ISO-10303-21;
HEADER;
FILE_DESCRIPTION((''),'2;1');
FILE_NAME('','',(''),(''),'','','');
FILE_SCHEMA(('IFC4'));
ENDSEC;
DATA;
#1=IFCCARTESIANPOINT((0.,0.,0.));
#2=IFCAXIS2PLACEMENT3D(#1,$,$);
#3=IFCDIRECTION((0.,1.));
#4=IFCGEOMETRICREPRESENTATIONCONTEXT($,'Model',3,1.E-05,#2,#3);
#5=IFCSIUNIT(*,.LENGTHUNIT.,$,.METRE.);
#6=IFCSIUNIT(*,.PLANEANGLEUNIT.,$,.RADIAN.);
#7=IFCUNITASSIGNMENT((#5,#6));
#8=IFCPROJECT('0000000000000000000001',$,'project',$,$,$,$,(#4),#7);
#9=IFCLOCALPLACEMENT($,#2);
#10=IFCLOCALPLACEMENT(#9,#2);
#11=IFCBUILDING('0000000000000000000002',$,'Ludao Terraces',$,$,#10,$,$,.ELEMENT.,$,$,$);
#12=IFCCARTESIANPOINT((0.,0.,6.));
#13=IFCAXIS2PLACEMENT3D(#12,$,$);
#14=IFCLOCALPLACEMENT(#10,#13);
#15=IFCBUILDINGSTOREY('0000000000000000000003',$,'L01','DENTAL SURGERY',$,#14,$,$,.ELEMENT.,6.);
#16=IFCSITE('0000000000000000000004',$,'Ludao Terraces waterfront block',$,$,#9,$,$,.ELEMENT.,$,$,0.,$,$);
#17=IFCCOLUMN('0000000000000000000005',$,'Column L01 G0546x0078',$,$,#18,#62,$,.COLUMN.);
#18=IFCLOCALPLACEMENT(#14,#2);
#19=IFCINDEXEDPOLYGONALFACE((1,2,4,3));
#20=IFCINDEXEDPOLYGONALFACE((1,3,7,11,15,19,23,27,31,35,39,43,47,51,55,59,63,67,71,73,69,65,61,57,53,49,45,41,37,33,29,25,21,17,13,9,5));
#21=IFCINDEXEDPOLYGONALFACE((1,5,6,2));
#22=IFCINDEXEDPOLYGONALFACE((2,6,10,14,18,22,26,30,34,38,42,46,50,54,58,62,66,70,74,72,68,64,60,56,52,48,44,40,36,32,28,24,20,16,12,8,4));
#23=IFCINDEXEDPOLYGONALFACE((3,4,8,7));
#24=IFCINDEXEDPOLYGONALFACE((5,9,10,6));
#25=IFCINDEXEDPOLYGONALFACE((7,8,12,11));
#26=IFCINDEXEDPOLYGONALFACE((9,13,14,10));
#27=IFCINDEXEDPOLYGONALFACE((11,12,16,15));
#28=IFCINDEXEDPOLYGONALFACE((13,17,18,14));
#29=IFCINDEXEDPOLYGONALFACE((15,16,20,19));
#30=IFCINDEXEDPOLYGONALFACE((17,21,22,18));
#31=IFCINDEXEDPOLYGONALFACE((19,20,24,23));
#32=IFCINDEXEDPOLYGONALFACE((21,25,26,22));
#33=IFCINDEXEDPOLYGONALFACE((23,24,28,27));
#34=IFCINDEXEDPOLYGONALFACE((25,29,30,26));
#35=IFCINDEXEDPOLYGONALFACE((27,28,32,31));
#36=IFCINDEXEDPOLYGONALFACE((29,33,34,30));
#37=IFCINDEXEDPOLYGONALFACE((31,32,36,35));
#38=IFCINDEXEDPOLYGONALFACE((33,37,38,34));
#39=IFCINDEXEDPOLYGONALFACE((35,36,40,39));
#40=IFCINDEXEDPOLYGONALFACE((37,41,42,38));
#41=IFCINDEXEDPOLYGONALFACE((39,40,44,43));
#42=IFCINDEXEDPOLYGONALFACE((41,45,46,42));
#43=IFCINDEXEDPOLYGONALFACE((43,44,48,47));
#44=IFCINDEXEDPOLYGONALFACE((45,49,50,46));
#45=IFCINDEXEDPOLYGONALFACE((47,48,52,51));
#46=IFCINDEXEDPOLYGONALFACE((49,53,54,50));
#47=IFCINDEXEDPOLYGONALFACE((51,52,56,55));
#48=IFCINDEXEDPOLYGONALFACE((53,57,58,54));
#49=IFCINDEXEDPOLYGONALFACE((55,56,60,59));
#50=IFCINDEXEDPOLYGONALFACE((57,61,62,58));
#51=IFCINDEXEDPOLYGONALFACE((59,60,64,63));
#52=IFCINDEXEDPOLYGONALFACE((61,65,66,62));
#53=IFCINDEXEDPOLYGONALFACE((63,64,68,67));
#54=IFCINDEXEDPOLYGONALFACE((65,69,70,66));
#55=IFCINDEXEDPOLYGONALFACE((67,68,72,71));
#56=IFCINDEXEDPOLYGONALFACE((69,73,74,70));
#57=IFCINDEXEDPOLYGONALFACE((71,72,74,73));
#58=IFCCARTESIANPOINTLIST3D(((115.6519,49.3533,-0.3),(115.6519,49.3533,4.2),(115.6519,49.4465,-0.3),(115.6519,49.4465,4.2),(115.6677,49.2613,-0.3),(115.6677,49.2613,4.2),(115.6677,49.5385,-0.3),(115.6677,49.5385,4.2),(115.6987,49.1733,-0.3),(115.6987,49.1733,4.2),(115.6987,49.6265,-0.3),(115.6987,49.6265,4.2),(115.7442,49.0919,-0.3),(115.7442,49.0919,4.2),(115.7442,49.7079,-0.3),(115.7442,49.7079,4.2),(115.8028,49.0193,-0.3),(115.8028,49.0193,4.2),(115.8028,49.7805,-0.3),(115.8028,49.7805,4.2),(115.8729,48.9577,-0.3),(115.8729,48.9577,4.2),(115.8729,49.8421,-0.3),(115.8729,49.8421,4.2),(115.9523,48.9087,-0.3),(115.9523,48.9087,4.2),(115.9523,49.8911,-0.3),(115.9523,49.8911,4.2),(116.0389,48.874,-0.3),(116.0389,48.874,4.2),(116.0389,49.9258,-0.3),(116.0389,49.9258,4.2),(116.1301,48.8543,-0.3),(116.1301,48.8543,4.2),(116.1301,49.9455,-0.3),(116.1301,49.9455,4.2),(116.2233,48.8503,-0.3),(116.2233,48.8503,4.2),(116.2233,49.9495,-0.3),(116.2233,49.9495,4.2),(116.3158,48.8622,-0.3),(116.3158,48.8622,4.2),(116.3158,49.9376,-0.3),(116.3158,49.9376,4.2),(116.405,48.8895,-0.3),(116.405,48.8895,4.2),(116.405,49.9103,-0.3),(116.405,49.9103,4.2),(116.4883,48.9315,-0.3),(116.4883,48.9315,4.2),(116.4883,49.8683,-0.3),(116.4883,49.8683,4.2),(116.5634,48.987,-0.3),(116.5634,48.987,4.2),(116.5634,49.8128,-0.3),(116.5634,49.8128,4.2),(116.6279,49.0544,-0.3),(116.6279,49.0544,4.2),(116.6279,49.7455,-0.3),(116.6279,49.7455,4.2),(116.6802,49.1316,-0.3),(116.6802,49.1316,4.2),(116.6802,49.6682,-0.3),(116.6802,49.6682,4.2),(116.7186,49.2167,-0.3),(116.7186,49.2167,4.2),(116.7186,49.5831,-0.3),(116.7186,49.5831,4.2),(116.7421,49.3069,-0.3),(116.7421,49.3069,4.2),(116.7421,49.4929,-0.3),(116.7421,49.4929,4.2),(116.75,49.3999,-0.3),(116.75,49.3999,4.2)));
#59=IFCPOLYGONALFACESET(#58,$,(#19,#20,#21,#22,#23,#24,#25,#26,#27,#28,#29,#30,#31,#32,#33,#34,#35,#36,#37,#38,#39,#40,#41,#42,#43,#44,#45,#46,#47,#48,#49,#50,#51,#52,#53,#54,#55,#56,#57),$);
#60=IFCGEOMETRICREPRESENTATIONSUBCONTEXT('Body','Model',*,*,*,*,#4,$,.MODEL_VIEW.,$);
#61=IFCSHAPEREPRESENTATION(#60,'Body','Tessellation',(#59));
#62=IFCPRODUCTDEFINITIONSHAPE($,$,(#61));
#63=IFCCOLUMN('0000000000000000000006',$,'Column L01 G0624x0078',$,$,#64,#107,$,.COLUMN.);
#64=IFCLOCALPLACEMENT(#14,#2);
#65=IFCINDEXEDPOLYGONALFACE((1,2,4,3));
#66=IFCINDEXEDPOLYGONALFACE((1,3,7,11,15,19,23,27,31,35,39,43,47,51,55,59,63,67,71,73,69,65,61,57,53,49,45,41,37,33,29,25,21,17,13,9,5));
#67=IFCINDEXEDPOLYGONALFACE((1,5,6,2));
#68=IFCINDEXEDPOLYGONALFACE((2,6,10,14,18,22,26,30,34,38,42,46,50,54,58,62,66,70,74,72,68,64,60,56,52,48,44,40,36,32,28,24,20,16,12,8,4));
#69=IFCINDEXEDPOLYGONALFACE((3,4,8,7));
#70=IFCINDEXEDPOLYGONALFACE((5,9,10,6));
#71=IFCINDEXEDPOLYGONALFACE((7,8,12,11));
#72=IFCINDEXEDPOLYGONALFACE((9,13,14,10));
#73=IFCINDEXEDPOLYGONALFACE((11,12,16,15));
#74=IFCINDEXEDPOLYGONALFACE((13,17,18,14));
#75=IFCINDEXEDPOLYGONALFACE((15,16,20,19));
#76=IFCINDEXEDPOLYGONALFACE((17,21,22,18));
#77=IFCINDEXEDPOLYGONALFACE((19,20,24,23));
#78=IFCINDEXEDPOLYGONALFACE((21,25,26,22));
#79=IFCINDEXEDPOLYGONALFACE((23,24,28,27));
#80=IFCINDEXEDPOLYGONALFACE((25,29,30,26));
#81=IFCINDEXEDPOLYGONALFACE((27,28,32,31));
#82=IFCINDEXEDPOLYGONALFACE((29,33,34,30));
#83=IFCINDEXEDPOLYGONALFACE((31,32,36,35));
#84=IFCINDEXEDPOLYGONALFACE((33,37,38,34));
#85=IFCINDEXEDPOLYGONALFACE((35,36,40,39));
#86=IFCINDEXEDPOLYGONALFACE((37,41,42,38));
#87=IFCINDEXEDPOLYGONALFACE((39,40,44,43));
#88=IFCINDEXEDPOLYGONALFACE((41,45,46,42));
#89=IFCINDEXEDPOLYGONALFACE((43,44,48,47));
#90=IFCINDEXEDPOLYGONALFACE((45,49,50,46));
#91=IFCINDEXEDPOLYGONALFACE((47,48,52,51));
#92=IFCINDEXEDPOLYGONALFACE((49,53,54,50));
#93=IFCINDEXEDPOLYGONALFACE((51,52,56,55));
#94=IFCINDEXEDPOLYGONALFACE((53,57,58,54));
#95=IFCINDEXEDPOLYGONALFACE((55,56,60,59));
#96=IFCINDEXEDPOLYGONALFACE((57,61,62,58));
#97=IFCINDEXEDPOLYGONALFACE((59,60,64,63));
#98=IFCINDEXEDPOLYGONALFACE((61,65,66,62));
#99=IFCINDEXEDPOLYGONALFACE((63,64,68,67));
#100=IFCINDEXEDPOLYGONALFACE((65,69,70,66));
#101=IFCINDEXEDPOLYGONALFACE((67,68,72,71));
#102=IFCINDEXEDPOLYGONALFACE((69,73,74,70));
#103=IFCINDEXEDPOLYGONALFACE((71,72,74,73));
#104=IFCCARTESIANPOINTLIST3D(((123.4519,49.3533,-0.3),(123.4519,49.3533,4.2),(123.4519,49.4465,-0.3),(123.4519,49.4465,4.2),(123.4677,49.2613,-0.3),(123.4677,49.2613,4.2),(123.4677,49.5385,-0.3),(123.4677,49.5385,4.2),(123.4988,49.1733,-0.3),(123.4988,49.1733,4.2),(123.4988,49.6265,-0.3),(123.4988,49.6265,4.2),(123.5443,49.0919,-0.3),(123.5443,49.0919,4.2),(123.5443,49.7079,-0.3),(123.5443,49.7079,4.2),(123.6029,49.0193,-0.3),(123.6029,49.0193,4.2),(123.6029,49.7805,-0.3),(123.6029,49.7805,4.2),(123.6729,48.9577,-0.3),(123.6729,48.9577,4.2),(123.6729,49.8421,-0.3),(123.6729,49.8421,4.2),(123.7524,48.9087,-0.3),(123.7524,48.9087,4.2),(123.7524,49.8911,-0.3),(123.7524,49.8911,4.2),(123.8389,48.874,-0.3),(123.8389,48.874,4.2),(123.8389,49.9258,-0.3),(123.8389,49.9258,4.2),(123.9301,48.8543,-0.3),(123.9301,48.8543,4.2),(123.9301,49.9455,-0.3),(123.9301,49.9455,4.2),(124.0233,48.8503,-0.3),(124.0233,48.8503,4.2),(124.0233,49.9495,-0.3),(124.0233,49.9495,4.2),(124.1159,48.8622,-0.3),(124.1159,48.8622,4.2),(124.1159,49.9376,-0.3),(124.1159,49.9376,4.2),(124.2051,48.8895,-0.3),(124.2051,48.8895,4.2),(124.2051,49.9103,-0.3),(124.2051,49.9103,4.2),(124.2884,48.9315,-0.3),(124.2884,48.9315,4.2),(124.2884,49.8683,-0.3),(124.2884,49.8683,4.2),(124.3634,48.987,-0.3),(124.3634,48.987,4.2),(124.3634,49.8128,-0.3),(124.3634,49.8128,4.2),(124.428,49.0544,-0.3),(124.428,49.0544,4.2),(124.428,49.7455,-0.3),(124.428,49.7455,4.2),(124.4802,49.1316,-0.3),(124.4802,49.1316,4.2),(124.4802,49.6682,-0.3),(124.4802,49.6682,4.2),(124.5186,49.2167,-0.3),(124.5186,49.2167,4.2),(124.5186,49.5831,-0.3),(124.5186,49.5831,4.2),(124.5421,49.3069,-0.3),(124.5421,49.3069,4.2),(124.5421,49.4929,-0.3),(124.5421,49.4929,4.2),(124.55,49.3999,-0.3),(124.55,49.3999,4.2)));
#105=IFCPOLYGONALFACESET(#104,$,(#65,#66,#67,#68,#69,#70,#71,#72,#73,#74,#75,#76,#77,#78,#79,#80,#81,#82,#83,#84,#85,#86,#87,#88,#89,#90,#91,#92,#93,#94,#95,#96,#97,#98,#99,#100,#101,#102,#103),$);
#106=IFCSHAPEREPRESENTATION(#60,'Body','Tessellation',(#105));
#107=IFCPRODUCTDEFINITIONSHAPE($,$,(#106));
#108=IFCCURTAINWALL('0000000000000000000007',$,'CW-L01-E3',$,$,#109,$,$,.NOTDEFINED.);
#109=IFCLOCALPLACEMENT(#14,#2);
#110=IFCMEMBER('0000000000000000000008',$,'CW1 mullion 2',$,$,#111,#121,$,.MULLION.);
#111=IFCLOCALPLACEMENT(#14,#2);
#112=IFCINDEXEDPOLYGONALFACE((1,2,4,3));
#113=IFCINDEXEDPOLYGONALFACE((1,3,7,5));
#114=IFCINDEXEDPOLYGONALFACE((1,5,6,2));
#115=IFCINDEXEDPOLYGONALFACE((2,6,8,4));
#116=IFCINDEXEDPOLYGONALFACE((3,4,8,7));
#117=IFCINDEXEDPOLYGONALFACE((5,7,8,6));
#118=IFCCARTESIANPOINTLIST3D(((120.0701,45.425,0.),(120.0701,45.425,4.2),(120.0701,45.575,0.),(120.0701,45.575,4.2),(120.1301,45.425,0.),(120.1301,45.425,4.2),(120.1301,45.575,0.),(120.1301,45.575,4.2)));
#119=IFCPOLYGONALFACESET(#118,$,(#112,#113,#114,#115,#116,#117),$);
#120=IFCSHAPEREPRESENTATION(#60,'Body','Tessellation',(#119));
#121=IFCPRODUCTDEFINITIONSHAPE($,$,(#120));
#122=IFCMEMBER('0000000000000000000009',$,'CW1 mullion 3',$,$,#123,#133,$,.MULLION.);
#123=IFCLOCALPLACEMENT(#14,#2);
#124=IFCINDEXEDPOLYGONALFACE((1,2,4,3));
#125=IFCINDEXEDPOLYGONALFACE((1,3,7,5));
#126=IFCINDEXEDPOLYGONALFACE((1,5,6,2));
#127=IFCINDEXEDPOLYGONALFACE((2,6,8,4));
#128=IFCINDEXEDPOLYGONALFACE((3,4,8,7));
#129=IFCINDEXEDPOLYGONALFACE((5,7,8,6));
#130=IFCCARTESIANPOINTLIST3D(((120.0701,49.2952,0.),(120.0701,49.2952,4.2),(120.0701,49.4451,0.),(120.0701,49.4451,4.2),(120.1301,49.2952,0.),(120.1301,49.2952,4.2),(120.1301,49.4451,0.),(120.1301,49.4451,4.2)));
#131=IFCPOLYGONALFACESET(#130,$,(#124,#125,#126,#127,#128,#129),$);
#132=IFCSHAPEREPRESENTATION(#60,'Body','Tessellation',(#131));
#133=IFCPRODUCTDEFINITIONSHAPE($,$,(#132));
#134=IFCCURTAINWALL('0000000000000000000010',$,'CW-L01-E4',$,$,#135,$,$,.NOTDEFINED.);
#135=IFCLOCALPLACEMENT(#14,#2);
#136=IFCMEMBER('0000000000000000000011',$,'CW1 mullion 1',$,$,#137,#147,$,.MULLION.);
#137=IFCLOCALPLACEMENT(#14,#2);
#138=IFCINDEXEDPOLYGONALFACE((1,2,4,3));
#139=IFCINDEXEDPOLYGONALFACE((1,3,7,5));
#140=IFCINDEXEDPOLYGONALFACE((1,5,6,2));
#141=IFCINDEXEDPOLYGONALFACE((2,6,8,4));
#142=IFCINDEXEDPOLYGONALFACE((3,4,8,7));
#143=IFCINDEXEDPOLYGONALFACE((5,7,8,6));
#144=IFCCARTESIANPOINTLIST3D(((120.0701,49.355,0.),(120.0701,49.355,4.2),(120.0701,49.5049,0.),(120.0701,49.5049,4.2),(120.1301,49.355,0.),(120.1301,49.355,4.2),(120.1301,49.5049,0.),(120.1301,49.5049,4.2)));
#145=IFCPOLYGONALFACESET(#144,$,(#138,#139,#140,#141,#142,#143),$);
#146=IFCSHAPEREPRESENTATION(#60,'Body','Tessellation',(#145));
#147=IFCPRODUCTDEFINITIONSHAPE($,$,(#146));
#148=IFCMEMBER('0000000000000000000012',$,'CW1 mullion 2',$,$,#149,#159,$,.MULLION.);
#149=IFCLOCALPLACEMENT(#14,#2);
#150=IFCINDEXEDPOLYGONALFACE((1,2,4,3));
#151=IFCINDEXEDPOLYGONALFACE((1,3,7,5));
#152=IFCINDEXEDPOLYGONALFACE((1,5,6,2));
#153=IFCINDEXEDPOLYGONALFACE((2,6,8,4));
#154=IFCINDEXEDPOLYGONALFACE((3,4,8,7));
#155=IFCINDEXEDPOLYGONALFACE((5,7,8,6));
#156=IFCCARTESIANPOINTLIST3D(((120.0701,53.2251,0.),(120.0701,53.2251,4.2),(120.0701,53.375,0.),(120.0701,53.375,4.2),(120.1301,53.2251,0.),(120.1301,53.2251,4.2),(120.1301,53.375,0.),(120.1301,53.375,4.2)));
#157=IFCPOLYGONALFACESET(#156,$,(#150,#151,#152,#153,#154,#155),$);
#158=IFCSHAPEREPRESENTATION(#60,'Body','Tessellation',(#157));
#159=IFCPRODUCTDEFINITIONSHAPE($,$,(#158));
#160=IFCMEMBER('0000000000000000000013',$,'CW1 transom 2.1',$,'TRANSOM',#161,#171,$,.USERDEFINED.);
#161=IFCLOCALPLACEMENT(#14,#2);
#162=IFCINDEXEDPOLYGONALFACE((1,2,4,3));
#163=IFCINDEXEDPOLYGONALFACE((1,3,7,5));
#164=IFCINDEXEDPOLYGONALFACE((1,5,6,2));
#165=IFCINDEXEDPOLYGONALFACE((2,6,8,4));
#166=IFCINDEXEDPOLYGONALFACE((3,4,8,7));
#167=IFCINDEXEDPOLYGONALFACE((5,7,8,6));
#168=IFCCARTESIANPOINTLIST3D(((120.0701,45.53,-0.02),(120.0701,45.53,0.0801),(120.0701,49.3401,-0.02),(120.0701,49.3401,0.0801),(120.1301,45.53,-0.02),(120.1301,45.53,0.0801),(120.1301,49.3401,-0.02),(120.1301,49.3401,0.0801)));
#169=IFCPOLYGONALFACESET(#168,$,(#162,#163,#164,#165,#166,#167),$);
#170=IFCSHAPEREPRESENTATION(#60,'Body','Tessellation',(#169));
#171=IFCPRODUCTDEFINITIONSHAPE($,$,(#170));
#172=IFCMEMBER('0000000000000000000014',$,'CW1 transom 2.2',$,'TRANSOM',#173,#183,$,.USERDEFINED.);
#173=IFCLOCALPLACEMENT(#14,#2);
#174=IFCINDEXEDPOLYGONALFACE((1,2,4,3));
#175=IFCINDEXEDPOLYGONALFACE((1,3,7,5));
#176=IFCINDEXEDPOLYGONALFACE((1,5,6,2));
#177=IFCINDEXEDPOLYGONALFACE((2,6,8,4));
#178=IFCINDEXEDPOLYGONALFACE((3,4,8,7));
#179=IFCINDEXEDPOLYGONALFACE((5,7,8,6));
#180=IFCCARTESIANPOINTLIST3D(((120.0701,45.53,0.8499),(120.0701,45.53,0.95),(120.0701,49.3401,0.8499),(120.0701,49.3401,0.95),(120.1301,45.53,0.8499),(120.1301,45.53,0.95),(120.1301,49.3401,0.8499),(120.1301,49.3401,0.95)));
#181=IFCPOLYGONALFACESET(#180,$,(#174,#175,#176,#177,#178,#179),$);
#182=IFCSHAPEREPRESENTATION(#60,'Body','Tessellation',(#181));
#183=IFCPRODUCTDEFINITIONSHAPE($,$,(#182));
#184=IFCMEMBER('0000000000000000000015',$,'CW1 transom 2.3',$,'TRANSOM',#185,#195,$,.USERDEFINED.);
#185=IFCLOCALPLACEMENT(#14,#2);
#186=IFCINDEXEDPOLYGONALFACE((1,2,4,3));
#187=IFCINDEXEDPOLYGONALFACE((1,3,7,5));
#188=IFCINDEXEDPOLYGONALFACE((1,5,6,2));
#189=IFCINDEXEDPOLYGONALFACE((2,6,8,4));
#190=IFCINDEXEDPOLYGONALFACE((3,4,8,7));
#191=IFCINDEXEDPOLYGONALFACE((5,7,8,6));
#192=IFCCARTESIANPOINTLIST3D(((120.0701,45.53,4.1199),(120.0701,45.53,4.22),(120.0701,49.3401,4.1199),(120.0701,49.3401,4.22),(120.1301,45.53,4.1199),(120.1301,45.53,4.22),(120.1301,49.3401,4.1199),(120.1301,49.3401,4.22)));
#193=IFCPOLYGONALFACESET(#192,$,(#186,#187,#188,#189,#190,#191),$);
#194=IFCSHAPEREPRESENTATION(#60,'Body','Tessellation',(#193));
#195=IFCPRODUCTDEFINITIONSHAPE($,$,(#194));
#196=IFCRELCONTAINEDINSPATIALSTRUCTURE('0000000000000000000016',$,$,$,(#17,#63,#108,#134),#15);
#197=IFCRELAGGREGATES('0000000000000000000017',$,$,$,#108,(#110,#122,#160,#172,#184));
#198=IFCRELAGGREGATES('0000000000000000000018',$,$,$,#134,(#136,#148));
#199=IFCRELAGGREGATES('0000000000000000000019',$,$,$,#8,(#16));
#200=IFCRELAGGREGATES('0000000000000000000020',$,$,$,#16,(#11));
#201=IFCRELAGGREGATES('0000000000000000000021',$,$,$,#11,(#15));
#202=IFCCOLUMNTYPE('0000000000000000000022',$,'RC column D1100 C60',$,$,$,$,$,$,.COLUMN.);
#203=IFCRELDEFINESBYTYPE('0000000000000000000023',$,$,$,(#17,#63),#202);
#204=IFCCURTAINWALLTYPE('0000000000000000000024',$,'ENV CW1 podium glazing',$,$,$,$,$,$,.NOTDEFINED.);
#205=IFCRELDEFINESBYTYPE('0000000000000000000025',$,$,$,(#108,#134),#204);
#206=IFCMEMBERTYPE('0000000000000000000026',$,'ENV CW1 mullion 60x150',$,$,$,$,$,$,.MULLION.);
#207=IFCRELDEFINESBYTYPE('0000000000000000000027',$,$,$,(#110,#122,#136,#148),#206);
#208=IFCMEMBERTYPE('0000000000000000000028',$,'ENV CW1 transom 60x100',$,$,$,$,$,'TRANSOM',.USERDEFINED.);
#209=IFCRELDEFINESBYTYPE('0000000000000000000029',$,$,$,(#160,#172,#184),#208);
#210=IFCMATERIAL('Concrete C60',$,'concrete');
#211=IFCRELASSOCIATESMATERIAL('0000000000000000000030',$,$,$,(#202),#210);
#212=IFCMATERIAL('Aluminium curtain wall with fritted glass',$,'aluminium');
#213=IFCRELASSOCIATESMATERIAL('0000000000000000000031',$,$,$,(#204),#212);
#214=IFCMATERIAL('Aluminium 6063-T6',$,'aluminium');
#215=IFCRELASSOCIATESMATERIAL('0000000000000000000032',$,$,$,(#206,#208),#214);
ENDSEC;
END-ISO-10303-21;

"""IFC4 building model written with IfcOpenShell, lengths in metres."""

from ifc_helpers import new_model, si_unit, direction, frame, origin, origin_2d, place, context, subcontext, project, spatial, rectangle, circle, extrude, material, material_profile, profile_set, type_object, element, aggregate, save


model = new_model("IFC4")

# Units and contexts
model_context = context("Model", 3, precision=1e-05, world=origin(), true_north=direction((0.0, 1.0)))
body_context = subcontext(model_context, "Body", "Model", "MODEL_VIEW")
ifc_project = project(units=[si_unit("LENGTHUNIT", "METRE"), si_unit("PLANEANGLEUNIT", "RADIAN")], contexts=[model_context])

# Site, building, storey
site_placement = place(None, origin())
site = spatial("IfcSite", under=ifc_project, at=site_placement, Name="Ludao Terraces waterfront block", CompositionType="ELEMENT", RefElevation=0.0)
building_placement = place(site_placement, origin())
building = spatial("IfcBuilding", under=site, at=building_placement, Name="Ludao Terraces", CompositionType="ELEMENT")
storey_placement = place(building_placement, frame((0.0, 0.0, 6.0)))
storey = spatial("IfcBuildingStorey", under=building, at=storey_placement, Name="L01", Description="DENTAL SURGERY", CompositionType="ELEMENT", Elevation=6.0)

# Columns
ifc_material_1 = material(Name="Concrete C60", Category="concrete")
ifc_material_profile_1 = material_profile(ifc_material_1, circle(Radius=0.55, at=origin_2d()), Name="D1100")
ifc_profile_set_1 = profile_set([ifc_material_profile_1], Name="Concrete C60")
column_type = type_object("IfcColumnType", Name="RC column D1100 C60", PredefinedType="COLUMN", material=ifc_profile_set_1)
for number, where, z_axis, x_axis, name in (
    (1, (116.2, 49.3999, -0.3), (0.0, 0.0, 1.0), (1.0, 0.0, 0.0), "Column L01 G0546x0078"),
    (2, (124.0, 49.3999, -0.3), (0.0, 0.0, 1.0), (1.0, 0.0, 0.0), "Column L01 G0624x0078"),
):
    element("IfcColumn", number, at=place(storey_placement, frame(where, z_axis=z_axis, x_axis=x_axis)), inside=storey, type_object=column_type, Name=name, PredefinedType="COLUMN", context=body_context, shape_type="SweptSolid", body=[
        extrude(circle(Radius=0.55, at=origin_2d()), origin(), (0.0, 0.0, 1.0), 4.5),
    ])

# Curtain walls, members
ifc_material_2 = material(Name="Aluminium curtain wall with fritted glass", Category="aluminium")
curtain_wall_type = type_object("IfcCurtainWallType", Name="ENV CW1 podium glazing", PredefinedType="NOTDEFINED", material=ifc_material_2)
curtain_wall_1_placement = place(storey_placement, origin())
curtain_wall_1 = element("IfcCurtainWall", 3, at=curtain_wall_1_placement, inside=storey, type_object=curtain_wall_type, Name="CW-L01-E3", PredefinedType="NOTDEFINED")
ifc_material_3 = material(Name="Aluminium 6063-T6", Category="aluminium")
ifc_material_profile_2 = material_profile(ifc_material_3, rectangle(XDim=0.0601, YDim=0.1499, at=origin_2d()), Name="60 X 150")
ifc_profile_set_2 = profile_set([ifc_material_profile_2], Name="Aluminium 6063-T6")
member_type_1 = type_object("IfcMemberType", Name="ENV CW1 mullion 60x150", PredefinedType="MULLION", material=ifc_profile_set_2)
member_1_placement = place(storey_placement, frame((120.1001, 45.5, 0.0), z_axis=(0.0, 0.0, 1.0), x_axis=(-1.0, 0.0, 0.0)))
member_1 = element("IfcMember", 4, at=member_1_placement, type_object=member_type_1, Name="CW1 mullion 2", PredefinedType="MULLION", context=body_context, shape_type="SweptSolid", body=[
    extrude(rectangle(XDim=0.0601, YDim=0.1499, at=origin_2d()), origin(), (0.0, 0.0, 1.0), 4.2),
])
member_2_placement = place(storey_placement, frame((120.1001, 49.3701, 0.0), z_axis=(0.0, 0.0, 1.0), x_axis=(-1.0, 0.0, 0.0)))
member_2 = element("IfcMember", 5, at=member_2_placement, type_object=member_type_1, Name="CW1 mullion 3", PredefinedType="MULLION", context=body_context, shape_type="SweptSolid", body=[
    extrude(rectangle(XDim=0.0601, YDim=0.1499, at=origin_2d()), origin(), (0.0, 0.0, 1.0), 4.2),
])
curtain_wall_2_placement = place(storey_placement, origin())
curtain_wall_2 = element("IfcCurtainWall", 6, at=curtain_wall_2_placement, inside=storey, type_object=curtain_wall_type, Name="CW-L01-E4", PredefinedType="NOTDEFINED")
member_3_placement = place(storey_placement, frame((120.1001, 49.4299, 0.0), z_axis=(0.0, 0.0, 1.0), x_axis=(-1.0, 0.0, 0.0)))
member_3 = element("IfcMember", 7, at=member_3_placement, type_object=member_type_1, Name="CW1 mullion 1", PredefinedType="MULLION", context=body_context, shape_type="SweptSolid", body=[
    extrude(rectangle(XDim=0.0601, YDim=0.1499, at=origin_2d()), origin(), (0.0, 0.0, 1.0), 4.2),
])
member_4_placement = place(storey_placement, frame((120.1001, 53.3, 0.0), z_axis=(0.0, 0.0, 1.0), x_axis=(-1.0, 0.0, 0.0)))
member_4 = element("IfcMember", 8, at=member_4_placement, type_object=member_type_1, Name="CW1 mullion 2", PredefinedType="MULLION", context=body_context, shape_type="SweptSolid", body=[
    extrude(rectangle(XDim=0.0601, YDim=0.1499, at=origin_2d()), origin(), (0.0, 0.0, 1.0), 4.2),
])

# Members
ifc_material_profile_3 = material_profile(ifc_material_3, rectangle(XDim=0.0601, YDim=0.1001, at=origin_2d()), Name="60 X 100")
ifc_profile_set_3 = profile_set([ifc_material_profile_3], Name="Aluminium 6063-T6")
member_type_2 = type_object("IfcMemberType", Name="ENV CW1 transom 60x100", ElementType="TRANSOM", PredefinedType="USERDEFINED", material=ifc_profile_set_3)
member_5_placement = place(storey_placement, frame((120.1001, 45.53, 0.03), z_axis=(0.0, 1.0, 0.0), x_axis=(-1.0, 0.0, 0.0)))
member_5 = element("IfcMember", 9, at=member_5_placement, type_object=member_type_2, Name="CW1 transom 2.1", ObjectType="TRANSOM", PredefinedType="USERDEFINED", context=body_context, shape_type="SweptSolid", body=[
    extrude(rectangle(XDim=0.0601, YDim=0.1001, at=origin_2d()), origin(), (0.0, 0.0, 1.0), 3.8101),
])
member_6_placement = place(storey_placement, frame((120.1001, 45.53, 0.8999), z_axis=(0.0, 1.0, 0.0), x_axis=(-1.0, 0.0, 0.0)))
member_6 = element("IfcMember", 10, at=member_6_placement, type_object=member_type_2, Name="CW1 transom 2.2", ObjectType="TRANSOM", PredefinedType="USERDEFINED", context=body_context, shape_type="SweptSolid", body=[
    extrude(rectangle(XDim=0.0601, YDim=0.1001, at=origin_2d()), origin(), (0.0, 0.0, 1.0), 3.8101),
])
member_7_placement = place(storey_placement, frame((120.1001, 45.53, 4.1699), z_axis=(0.0, 1.0, 0.0), x_axis=(-1.0, 0.0, 0.0)))
member_7 = element("IfcMember", 11, at=member_7_placement, type_object=member_type_2, Name="CW1 transom 2.3", ObjectType="TRANSOM", PredefinedType="USERDEFINED", context=body_context, shape_type="SweptSolid", body=[
    extrude(rectangle(XDim=0.0601, YDim=0.1001, at=origin_2d()), origin(), (0.0, 0.0, 1.0), 3.8101),
])

aggregate(curtain_wall_1, [member_1, member_2, member_5, member_6, member_7])
aggregate(curtain_wall_2, [member_3, member_4])

save(model, "model.ifc")
